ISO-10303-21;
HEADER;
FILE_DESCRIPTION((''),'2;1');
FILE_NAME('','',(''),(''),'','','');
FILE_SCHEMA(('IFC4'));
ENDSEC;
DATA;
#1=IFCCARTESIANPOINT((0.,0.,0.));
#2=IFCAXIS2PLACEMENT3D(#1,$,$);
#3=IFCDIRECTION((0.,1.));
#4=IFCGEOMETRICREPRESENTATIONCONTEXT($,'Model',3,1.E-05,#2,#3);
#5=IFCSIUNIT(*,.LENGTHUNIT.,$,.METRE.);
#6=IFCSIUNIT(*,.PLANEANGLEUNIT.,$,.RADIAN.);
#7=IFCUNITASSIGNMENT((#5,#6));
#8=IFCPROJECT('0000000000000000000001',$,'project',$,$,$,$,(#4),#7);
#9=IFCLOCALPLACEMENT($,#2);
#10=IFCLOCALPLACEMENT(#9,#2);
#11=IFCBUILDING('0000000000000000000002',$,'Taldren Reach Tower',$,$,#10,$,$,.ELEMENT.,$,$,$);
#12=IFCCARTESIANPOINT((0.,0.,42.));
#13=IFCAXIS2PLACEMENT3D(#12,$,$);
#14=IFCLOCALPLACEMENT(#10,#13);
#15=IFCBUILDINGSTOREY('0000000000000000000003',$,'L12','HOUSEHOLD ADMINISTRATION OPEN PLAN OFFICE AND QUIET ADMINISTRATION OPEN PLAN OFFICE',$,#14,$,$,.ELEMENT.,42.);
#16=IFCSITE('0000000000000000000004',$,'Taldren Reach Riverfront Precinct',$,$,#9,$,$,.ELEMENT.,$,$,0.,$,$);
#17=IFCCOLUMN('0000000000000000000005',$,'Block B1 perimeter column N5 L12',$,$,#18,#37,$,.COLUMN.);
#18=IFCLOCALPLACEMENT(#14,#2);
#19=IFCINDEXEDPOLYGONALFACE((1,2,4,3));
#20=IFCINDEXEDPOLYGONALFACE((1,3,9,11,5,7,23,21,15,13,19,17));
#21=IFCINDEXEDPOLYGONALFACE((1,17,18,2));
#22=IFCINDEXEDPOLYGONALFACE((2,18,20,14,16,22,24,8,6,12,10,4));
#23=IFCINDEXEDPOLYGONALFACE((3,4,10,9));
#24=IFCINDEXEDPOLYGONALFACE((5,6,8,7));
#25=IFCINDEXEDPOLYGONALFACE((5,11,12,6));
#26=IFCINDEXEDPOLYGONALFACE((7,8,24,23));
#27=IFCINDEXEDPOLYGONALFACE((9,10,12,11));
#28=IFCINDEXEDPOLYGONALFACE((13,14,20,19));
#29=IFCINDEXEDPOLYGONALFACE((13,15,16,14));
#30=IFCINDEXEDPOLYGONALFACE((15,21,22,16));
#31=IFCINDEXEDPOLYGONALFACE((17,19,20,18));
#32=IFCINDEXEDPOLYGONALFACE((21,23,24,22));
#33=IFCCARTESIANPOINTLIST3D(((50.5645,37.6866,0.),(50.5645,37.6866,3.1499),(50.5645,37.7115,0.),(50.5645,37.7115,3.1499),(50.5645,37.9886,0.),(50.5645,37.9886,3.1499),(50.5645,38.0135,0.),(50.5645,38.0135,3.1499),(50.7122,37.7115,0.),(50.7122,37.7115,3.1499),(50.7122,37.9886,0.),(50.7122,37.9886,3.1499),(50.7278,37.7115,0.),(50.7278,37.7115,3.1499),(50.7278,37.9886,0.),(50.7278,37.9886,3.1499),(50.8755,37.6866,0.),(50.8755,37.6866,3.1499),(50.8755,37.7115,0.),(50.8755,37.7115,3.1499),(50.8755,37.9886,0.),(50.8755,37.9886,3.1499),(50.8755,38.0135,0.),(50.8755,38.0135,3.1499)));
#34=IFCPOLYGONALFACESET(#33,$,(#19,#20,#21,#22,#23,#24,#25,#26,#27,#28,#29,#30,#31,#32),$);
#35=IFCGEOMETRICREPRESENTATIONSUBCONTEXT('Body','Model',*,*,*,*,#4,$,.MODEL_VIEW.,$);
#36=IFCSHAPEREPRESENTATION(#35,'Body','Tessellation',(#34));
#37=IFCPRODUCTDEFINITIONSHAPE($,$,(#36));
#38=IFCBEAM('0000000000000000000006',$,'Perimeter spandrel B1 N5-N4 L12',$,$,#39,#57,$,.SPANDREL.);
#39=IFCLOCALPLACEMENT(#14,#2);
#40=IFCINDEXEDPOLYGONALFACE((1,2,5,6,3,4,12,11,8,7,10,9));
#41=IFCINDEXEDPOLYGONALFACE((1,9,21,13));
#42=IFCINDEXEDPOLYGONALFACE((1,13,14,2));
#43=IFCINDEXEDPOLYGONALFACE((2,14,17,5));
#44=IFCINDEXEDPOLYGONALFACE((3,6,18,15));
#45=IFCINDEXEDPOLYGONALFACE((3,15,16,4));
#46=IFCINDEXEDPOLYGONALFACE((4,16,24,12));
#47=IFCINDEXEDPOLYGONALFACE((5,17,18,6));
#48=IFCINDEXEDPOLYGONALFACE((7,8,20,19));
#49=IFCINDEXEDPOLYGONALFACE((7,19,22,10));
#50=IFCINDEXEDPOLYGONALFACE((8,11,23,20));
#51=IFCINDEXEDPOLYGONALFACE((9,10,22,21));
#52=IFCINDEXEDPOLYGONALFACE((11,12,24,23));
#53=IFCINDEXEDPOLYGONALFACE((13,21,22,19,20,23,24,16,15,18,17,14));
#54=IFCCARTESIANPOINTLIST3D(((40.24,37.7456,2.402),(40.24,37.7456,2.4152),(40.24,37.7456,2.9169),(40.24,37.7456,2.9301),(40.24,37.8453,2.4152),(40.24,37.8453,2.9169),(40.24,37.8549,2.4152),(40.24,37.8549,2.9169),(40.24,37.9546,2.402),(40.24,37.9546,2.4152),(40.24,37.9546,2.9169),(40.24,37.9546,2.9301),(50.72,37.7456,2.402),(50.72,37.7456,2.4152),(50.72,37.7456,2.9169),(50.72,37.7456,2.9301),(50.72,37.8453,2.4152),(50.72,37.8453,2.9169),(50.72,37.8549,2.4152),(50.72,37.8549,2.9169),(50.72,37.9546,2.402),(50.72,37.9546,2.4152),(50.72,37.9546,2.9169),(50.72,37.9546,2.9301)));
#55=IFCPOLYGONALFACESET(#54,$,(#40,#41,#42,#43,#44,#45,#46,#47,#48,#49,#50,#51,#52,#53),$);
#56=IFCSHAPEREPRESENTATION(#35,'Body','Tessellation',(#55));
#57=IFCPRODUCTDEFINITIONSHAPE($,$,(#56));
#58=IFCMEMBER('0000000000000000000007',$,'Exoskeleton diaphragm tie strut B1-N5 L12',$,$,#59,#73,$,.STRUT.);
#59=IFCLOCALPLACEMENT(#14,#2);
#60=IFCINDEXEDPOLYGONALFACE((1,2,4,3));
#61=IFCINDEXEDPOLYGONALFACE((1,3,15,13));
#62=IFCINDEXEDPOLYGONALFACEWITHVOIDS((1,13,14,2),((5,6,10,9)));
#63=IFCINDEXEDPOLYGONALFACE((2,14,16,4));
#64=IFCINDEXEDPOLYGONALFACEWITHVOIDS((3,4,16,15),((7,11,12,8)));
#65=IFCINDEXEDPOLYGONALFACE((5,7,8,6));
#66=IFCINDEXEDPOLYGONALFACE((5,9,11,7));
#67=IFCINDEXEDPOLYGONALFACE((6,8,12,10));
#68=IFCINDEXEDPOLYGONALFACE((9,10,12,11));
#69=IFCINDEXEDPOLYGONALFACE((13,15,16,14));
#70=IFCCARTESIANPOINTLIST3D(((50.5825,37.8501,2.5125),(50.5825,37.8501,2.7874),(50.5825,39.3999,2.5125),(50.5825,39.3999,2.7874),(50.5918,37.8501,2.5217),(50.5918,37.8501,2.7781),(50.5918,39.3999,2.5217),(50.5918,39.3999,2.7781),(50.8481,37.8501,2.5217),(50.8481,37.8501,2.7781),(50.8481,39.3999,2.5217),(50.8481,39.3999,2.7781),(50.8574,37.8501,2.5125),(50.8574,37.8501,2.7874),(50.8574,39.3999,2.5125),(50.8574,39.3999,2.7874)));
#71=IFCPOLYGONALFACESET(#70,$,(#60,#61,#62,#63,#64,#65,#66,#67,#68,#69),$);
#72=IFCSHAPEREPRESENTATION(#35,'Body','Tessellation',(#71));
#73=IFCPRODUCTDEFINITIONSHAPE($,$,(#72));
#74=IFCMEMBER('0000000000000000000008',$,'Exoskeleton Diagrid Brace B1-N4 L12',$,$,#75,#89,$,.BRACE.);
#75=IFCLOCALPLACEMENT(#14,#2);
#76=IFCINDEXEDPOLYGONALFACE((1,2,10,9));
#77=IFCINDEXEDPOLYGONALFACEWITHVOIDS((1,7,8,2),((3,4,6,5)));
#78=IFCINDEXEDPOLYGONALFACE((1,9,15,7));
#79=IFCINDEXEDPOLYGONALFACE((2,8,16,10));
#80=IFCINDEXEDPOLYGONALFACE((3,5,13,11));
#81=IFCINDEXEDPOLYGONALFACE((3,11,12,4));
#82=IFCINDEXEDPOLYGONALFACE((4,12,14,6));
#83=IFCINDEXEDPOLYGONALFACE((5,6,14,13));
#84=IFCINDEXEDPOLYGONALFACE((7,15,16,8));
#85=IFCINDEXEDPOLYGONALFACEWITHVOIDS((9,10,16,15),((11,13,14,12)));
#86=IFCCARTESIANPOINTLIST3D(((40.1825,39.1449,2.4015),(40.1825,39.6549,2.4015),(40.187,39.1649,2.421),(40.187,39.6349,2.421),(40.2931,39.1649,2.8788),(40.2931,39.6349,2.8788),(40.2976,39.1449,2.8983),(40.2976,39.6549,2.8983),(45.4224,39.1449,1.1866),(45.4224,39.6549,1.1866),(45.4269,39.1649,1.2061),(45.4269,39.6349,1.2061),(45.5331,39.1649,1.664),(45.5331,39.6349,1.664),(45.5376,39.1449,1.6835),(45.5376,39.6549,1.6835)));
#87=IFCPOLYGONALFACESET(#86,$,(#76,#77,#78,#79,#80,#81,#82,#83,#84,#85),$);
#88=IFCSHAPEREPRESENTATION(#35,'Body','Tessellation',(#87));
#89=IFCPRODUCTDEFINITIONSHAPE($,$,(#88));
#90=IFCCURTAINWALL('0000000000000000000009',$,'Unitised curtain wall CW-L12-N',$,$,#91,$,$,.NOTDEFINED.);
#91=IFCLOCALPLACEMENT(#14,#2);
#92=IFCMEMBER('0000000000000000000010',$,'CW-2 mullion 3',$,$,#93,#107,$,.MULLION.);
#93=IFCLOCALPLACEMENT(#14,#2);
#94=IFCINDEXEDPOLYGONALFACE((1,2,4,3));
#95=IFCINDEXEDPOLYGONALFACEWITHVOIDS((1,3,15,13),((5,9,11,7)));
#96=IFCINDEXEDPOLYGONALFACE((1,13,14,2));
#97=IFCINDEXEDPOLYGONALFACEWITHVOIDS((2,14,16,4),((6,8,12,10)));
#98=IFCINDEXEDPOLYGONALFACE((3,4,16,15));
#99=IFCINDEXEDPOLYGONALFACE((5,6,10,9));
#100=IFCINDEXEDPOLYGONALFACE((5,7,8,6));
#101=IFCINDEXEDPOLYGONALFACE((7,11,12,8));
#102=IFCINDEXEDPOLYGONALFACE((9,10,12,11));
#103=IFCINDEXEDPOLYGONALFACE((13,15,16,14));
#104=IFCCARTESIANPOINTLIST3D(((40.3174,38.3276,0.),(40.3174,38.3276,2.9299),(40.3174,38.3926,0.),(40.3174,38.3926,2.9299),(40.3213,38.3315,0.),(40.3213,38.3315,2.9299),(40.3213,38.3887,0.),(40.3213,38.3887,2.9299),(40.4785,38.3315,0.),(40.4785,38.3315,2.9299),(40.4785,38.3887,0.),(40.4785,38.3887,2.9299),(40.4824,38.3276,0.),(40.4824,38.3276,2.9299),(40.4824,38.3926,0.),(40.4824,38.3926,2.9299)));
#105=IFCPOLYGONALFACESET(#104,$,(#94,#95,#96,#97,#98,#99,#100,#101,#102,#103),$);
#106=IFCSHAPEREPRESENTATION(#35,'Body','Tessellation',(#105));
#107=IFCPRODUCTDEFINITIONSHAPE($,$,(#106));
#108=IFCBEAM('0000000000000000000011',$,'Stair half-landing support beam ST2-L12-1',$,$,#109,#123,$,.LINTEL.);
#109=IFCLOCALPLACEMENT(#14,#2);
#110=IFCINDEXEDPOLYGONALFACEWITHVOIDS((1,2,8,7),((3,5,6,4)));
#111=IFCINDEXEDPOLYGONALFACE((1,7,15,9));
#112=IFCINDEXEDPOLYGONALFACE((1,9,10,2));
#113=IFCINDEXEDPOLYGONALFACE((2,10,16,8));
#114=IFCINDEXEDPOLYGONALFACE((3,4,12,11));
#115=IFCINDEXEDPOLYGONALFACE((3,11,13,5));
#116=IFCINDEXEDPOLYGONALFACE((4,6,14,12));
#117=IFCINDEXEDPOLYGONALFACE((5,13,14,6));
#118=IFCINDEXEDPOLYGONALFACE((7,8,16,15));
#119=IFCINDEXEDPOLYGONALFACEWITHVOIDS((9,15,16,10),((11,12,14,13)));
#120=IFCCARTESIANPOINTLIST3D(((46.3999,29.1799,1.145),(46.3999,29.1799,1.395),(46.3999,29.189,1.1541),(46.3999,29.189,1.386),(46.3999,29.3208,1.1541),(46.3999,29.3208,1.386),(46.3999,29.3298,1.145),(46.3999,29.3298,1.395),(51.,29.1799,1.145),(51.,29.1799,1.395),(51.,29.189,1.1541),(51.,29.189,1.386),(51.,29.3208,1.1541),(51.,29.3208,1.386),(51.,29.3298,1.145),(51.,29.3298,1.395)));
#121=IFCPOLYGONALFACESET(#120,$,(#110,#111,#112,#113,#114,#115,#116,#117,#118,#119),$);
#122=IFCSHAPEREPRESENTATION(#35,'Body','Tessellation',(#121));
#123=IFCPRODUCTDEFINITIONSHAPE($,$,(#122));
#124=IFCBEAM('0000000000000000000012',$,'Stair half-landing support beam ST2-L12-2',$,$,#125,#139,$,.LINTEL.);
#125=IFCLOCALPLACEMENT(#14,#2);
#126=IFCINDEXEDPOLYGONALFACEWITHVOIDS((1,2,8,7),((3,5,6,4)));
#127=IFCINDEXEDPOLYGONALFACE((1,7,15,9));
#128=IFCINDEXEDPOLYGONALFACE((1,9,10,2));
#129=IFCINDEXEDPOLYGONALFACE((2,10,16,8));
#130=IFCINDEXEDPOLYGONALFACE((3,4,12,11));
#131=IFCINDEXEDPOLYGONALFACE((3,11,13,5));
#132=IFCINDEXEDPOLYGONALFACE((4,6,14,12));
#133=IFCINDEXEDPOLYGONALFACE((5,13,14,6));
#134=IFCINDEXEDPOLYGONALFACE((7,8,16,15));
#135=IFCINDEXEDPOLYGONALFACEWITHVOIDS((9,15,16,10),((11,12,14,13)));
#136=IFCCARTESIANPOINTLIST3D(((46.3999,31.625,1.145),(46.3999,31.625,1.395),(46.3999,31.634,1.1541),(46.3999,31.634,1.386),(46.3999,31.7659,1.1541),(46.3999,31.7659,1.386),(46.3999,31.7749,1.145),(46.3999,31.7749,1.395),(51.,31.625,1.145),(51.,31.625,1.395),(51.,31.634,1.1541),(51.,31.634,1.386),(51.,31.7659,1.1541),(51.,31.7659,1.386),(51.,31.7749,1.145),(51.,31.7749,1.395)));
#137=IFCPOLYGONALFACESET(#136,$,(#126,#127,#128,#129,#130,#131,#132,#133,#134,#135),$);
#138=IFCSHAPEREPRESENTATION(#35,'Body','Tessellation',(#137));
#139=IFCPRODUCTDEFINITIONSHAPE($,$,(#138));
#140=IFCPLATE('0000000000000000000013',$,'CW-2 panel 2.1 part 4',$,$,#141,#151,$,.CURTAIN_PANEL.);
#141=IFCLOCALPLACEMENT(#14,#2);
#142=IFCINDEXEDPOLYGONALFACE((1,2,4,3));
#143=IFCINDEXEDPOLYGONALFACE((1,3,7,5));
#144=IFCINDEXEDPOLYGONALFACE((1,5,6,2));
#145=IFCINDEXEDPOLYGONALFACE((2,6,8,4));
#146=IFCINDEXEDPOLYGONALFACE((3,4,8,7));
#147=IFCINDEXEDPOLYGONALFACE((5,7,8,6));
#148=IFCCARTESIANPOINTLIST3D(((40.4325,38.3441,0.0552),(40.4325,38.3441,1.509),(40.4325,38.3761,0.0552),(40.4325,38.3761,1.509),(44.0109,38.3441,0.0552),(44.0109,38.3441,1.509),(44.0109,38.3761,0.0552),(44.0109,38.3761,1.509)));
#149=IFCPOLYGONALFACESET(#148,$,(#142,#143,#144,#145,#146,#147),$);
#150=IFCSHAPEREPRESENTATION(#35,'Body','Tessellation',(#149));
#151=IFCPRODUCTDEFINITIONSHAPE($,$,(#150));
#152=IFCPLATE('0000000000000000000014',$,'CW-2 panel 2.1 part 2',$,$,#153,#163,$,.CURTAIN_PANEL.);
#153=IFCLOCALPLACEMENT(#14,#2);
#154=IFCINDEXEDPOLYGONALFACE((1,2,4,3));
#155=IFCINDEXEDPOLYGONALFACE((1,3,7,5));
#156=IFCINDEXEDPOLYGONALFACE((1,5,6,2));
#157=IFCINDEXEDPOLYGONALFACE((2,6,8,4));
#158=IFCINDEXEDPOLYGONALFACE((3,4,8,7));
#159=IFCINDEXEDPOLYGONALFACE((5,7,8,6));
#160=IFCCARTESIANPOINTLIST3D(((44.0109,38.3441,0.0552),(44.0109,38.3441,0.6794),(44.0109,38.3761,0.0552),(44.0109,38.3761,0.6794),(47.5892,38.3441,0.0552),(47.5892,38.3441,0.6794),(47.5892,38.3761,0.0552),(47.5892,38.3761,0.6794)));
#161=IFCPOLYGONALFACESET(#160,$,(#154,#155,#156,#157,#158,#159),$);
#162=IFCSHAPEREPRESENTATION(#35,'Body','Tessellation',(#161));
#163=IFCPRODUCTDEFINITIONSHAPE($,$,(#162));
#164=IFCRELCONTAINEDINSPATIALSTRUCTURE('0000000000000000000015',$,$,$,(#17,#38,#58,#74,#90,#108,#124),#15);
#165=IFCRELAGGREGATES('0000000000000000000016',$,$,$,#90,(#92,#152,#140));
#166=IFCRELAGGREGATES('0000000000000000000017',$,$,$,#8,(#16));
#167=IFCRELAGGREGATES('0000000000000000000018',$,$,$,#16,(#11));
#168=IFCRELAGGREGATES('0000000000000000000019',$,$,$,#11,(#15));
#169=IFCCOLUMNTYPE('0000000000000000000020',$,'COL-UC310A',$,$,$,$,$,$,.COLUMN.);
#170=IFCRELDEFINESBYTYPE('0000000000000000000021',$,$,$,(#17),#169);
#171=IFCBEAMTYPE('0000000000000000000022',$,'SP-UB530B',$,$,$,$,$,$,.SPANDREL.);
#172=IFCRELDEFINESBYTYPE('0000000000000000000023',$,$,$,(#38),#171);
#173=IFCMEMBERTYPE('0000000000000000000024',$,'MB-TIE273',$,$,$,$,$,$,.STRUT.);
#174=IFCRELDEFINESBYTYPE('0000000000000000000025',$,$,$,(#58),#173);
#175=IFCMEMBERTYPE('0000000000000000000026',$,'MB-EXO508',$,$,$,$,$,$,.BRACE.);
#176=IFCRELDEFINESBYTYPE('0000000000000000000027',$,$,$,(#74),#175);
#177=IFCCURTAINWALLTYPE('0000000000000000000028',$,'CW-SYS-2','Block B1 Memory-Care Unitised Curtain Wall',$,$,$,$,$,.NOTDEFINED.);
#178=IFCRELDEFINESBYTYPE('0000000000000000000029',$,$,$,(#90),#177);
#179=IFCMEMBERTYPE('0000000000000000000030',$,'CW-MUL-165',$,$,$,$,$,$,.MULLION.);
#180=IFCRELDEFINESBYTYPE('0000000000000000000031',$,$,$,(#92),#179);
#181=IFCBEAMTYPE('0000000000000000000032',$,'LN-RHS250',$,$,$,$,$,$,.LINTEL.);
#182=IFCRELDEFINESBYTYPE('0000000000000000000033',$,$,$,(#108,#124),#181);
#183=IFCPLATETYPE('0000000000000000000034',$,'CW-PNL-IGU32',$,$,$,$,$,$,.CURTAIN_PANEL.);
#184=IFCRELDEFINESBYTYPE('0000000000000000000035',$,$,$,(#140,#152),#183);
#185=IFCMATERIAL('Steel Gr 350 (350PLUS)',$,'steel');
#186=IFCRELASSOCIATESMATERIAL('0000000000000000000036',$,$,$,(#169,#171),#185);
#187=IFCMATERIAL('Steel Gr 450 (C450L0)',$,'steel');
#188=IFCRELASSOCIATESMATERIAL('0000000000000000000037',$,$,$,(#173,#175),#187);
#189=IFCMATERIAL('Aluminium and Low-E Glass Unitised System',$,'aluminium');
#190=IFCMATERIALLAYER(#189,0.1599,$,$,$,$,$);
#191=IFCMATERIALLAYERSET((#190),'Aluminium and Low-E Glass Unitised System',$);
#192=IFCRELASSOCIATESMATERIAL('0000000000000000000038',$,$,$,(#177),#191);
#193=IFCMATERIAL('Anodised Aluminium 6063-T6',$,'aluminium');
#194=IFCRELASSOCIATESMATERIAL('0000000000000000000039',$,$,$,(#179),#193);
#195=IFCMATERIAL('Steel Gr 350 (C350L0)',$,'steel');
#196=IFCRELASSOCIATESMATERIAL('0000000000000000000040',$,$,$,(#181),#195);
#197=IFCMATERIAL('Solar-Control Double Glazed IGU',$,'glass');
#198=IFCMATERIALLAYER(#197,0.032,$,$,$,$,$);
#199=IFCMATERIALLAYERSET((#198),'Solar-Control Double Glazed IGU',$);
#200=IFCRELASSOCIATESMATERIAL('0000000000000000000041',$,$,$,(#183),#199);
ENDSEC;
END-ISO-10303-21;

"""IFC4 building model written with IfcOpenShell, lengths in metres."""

from ifc_helpers import new_model, si_unit, direction, frame, origin, origin_2d, place, context, subcontext, project, spatial, rectangle, hollow_rectangle, i_section, extrude, source, transform, mapped, material, layer, layer_set, material_profile, profile_set, type_object, element, aggregate, save


model = new_model("IFC4")

# Units and contexts
model_context = context("Model", 3, precision=1e-05, world=origin(), true_north=direction((0.0, 1.0)))
body_context = subcontext(model_context, "Body", "Model", "MODEL_VIEW")
ifc_project = project(units=[si_unit("LENGTHUNIT", "METRE"), si_unit("PLANEANGLEUNIT", "RADIAN")], contexts=[model_context])

# Site, building, storey
site_placement = place(None, origin())
site = spatial("IfcSite", under=ifc_project, at=site_placement, Name="Taldren Reach Riverfront Precinct", CompositionType="ELEMENT", RefElevation=0.0)
building_placement = place(site_placement, origin())
building = spatial("IfcBuilding", under=site, at=building_placement, Name="Taldren Reach Tower", CompositionType="ELEMENT")
storey_placement = place(building_placement, frame((0.0, 0.0, 42.0)))
storey = spatial("IfcBuildingStorey", under=building, at=storey_placement, Name="L12", Description="HOUSEHOLD ADMINISTRATION OPEN PLAN OFFICE AND QUIET ADMINISTRATION OPEN PLAN OFFICE", CompositionType="ELEMENT", Elevation=42.0)

# Column
ifc_material_1 = material(Name="Steel Gr 350 (350PLUS)", Category="steel")
ifc_material_profile_1 = material_profile(ifc_material_1, i_section(OverallWidth=0.311, OverallDepth=0.3269, WebThickness=0.0156, FlangeThickness=0.0249, at=origin_2d()), Name="310UC158")
ifc_profile_set_1 = profile_set([ifc_material_profile_1], Name="Steel Gr 350 (350PLUS)")
column_type = type_object("IfcColumnType", Name="COL-UC310A", PredefinedType="COLUMN", material=ifc_profile_set_1)
shared_shape_1 = source(origin(), body_context, "Body", "SweptSolid", [
    extrude(i_section(OverallWidth=0.311, OverallDepth=0.3269, WebThickness=0.0156, FlangeThickness=0.0249, at=origin_2d()), origin(), (0.0, 0.0, 1.0), 3.1499),
])
column_placement = place(storey_placement, frame((50.72, 37.8501, 0.0), z_axis=(0.0, 0.0, 1.0), x_axis=(1.0, 0.0, 0.0)))
element("IfcColumn", 1, at=column_placement, inside=storey, type_object=column_type, Name="Block B1 perimeter column N5 L12", PredefinedType="COLUMN", context=body_context, shape_type="MappedRepresentation", body=[
    mapped(shared_shape_1, transform((0.0, 0.0, 0.0), scale=1.0)),
])

# Beam
ifc_material_profile_2 = material_profile(ifc_material_1, i_section(OverallWidth=0.209, OverallDepth=0.5281, WebThickness=0.0095, FlangeThickness=0.0132, at=origin_2d()), Name="530UB82.0")
ifc_profile_set_2 = profile_set([ifc_material_profile_2], Name="Steel Gr 350 (350PLUS)")
beam_type_1 = type_object("IfcBeamType", Name="SP-UB530B", PredefinedType="SPANDREL", material=ifc_profile_set_2)
shared_shape_2 = source(origin(), body_context, "Body", "SweptSolid", [
    extrude(i_section(OverallWidth=0.209, OverallDepth=0.5281, WebThickness=0.0095, FlangeThickness=0.0132, at=origin_2d()), origin(), (0.0, 0.0, 1.0), 10.48),
])
beam_placement = place(storey_placement, frame((50.72, 37.8501, 2.666), z_axis=(-1.0, 0.0, 0.0), x_axis=(0.0, -1.0, 0.0)))
element("IfcBeam", 2, at=beam_placement, inside=storey, type_object=beam_type_1, Name="Perimeter spandrel B1 N5-N4 L12", PredefinedType="SPANDREL", context=body_context, shape_type="MappedRepresentation", body=[
    mapped(shared_shape_2, transform((0.0, 0.0, 0.0), scale=1.0)),
])

# Members
ifc_material_2 = material(Name="Steel Gr 450 (C450L0)", Category="steel")
ifc_material_profile_3 = material_profile(ifc_material_2, hollow_rectangle(XDim=0.2749, YDim=0.2749, WallThickness=0.0093, at=origin_2d()), Name="275x275x9.3SHS")
ifc_profile_set_3 = profile_set([ifc_material_profile_3], Name="Steel Gr 450 (C450L0)")
member_type_1 = type_object("IfcMemberType", Name="MB-TIE273", PredefinedType="STRUT", material=ifc_profile_set_3)
shared_shape_3 = source(origin(), body_context, "Body", "SweptSolid", [
    extrude(hollow_rectangle(XDim=0.2749, YDim=0.2749, WallThickness=0.0093, at=origin_2d()), origin(), (0.0, 0.0, 1.0), 1.5498),
])
member_1_placement = place(storey_placement, frame((50.72, 37.8501, 2.6499), z_axis=(0.0, 1.0, 0.0), x_axis=(-1.0, 0.0, 0.0)))
element("IfcMember", 3, at=member_1_placement, inside=storey, type_object=member_type_1, Name="Exoskeleton diaphragm tie strut B1-N5 L12", PredefinedType="STRUT", context=body_context, shape_type="MappedRepresentation", body=[
    mapped(shared_shape_3, transform((0.0, 0.0, 0.0), scale=1.0)),
])
ifc_material_profile_4 = material_profile(ifc_material_2, hollow_rectangle(XDim=0.51, YDim=0.51, WallThickness=0.02, at=origin_2d()), Name="510x510x20.0SHS")
ifc_profile_set_4 = profile_set([ifc_material_profile_4], Name="Steel Gr 450 (C450L0)")
member_type_2 = type_object("IfcMemberType", Name="MB-EXO508", PredefinedType="BRACE", material=ifc_profile_set_4)
shared_shape_4 = source(origin(), body_context, "Body", "SweptSolid", [
    extrude(hollow_rectangle(XDim=0.51, YDim=0.51, WallThickness=0.02, at=origin_2d()), origin(), (0.0, 0.0, 1.0), 5.3789),
])
member_2_placement = place(storey_placement, frame((45.48, 39.3999, 1.4351), z_axis=(-0.974162, 0.0, 0.225851), x_axis=(0.0, -1.0, 0.0)))
element("IfcMember", 4, at=member_2_placement, inside=storey, type_object=member_type_2, Name="Exoskeleton Diagrid Brace B1-N4 L12", PredefinedType="BRACE", context=body_context, shape_type="MappedRepresentation", body=[
    mapped(shared_shape_4, transform((0.0, 0.0, 0.0), scale=1.0)),
])

# Curtain wall, member
ifc_material_3 = material(Name="Aluminium and Low-E Glass Unitised System", Category="aluminium")
ifc_layer_1 = layer(ifc_material_3, 0.1599)
ifc_layer_set_1 = layer_set([ifc_layer_1], Name="Aluminium and Low-E Glass Unitised System")
curtain_wall_type = type_object("IfcCurtainWallType", Name="CW-SYS-2", Description="Block B1 Memory-Care Unitised Curtain Wall", PredefinedType="NOTDEFINED", material=ifc_layer_set_1)
curtain_wall_placement = place(storey_placement, origin())
curtain_wall = element("IfcCurtainWall", 5, at=curtain_wall_placement, inside=storey, type_object=curtain_wall_type, Name="Unitised curtain wall CW-L12-N", PredefinedType="NOTDEFINED")
ifc_material_4 = material(Name="Anodised Aluminium 6063-T6", Category="aluminium")
ifc_material_profile_5 = material_profile(ifc_material_4, hollow_rectangle(XDim=0.0649, YDim=0.165, WallThickness=0.0039, at=origin_2d()), Name="ALU-165x65x4RHS")
ifc_profile_set_5 = profile_set([ifc_material_profile_5], Name="Anodised Aluminium 6063-T6")
member_type_3 = type_object("IfcMemberType", Name="CW-MUL-165", PredefinedType="MULLION", material=ifc_profile_set_5)
shared_shape_5 = source(origin(), body_context, "Body", "SweptSolid", [
    extrude(hollow_rectangle(XDim=0.0649, YDim=0.165, WallThickness=0.0039, at=origin_2d()), origin(), (0.0, 0.0, 1.0), 2.9299),
])
member_3_placement = place(storey_placement, frame((40.3999, 38.3601, 0.0), z_axis=(0.0, 0.0, 1.0), x_axis=(0.0, -1.0, 0.0)))
member_3 = element("IfcMember", 6, at=member_3_placement, type_object=member_type_3, Name="CW-2 mullion 3", PredefinedType="MULLION", context=body_context, shape_type="MappedRepresentation", body=[
    mapped(shared_shape_5, transform((0.0, 0.0, 0.0), scale=1.0)),
])

# Beams
ifc_material_5 = material(Name="Steel Gr 350 (C350L0)", Category="steel")
ifc_material_profile_6 = material_profile(ifc_material_5, hollow_rectangle(XDim=0.1499, YDim=0.25, WallThickness=0.009, at=origin_2d()), Name="250x150x9.0RHS")
ifc_profile_set_6 = profile_set([ifc_material_profile_6], Name="Steel Gr 350 (C350L0)")
beam_type_2 = type_object("IfcBeamType", Name="LN-RHS250", PredefinedType="LINTEL", material=ifc_profile_set_6)
shared_shape_6 = source(origin(), body_context, "Body", "SweptSolid", [
    extrude(hollow_rectangle(XDim=0.1499, YDim=0.25, WallThickness=0.009, at=origin_2d()), origin(), (0.0, 0.0, 1.0), 4.6001),
])
for number, where, z_axis, x_axis, name in (
    (7, (46.3999, 29.2549, 1.27), (1.0, 0.0, 0.0), (0.0, 1.0, 0.0), "Stair half-landing support beam ST2-L12-1"),
    (8, (46.3999, 31.7, 1.27), (1.0, 0.0, 0.0), (0.0, 1.0, 0.0), "Stair half-landing support beam ST2-L12-2"),
):
    element("IfcBeam", number, at=place(storey_placement, frame(where, z_axis=z_axis, x_axis=x_axis)), inside=storey, type_object=beam_type_2, Name=name, PredefinedType="LINTEL", context=body_context, shape_type="MappedRepresentation", body=[
        mapped(shared_shape_6, transform((0.0, 0.0, 0.0), scale=1.0)),
    ])

# Plates
ifc_material_6 = material(Name="Solar-Control Double Glazed IGU", Category="glass")
ifc_layer_2 = layer(ifc_material_6, 0.032)
ifc_layer_set_2 = layer_set([ifc_layer_2], Name="Solar-Control Double Glazed IGU")
plate_type = type_object("IfcPlateType", Name="CW-PNL-IGU32", PredefinedType="CURTAIN_PANEL", material=ifc_layer_set_2)
shared_shape_7 = source(origin(), body_context, "Body", "SweptSolid", [
    extrude(rectangle(XDim=3.5784, YDim=0.032, at=origin_2d()), origin(), (0.0, 0.0, 1.0), 1.4539),
])
plate_1_placement = place(storey_placement, frame((42.2217, 38.3601, 0.0552), z_axis=(0.0, 0.0, 1.0), x_axis=(-1.0, 0.0, 0.0)))
plate_1 = element("IfcPlate", 9, at=plate_1_placement, type_object=plate_type, Name="CW-2 panel 2.1 part 4", PredefinedType="CURTAIN_PANEL", context=body_context, shape_type="MappedRepresentation", body=[
    mapped(shared_shape_7, transform((0.0, 0.0, 0.0), scale=1.0)),
])
shared_shape_8 = source(origin(), body_context, "Body", "SweptSolid", [
    extrude(rectangle(XDim=3.5784, YDim=0.032, at=origin_2d()), origin(), (0.0, 0.0, 1.0), 0.6243),
])
plate_2_placement = place(storey_placement, frame((45.8, 38.3601, 0.0552), z_axis=(0.0, 0.0, 1.0), x_axis=(-1.0, 0.0, 0.0)))
plate_2 = element("IfcPlate", 10, at=plate_2_placement, type_object=plate_type, Name="CW-2 panel 2.1 part 2", PredefinedType="CURTAIN_PANEL", context=body_context, shape_type="MappedRepresentation", body=[
    mapped(shared_shape_8, transform((0.0, 0.0, 0.0), scale=1.0)),
])
aggregate(curtain_wall, [member_3, plate_2, plate_1])

save(model, "model.ifc")
